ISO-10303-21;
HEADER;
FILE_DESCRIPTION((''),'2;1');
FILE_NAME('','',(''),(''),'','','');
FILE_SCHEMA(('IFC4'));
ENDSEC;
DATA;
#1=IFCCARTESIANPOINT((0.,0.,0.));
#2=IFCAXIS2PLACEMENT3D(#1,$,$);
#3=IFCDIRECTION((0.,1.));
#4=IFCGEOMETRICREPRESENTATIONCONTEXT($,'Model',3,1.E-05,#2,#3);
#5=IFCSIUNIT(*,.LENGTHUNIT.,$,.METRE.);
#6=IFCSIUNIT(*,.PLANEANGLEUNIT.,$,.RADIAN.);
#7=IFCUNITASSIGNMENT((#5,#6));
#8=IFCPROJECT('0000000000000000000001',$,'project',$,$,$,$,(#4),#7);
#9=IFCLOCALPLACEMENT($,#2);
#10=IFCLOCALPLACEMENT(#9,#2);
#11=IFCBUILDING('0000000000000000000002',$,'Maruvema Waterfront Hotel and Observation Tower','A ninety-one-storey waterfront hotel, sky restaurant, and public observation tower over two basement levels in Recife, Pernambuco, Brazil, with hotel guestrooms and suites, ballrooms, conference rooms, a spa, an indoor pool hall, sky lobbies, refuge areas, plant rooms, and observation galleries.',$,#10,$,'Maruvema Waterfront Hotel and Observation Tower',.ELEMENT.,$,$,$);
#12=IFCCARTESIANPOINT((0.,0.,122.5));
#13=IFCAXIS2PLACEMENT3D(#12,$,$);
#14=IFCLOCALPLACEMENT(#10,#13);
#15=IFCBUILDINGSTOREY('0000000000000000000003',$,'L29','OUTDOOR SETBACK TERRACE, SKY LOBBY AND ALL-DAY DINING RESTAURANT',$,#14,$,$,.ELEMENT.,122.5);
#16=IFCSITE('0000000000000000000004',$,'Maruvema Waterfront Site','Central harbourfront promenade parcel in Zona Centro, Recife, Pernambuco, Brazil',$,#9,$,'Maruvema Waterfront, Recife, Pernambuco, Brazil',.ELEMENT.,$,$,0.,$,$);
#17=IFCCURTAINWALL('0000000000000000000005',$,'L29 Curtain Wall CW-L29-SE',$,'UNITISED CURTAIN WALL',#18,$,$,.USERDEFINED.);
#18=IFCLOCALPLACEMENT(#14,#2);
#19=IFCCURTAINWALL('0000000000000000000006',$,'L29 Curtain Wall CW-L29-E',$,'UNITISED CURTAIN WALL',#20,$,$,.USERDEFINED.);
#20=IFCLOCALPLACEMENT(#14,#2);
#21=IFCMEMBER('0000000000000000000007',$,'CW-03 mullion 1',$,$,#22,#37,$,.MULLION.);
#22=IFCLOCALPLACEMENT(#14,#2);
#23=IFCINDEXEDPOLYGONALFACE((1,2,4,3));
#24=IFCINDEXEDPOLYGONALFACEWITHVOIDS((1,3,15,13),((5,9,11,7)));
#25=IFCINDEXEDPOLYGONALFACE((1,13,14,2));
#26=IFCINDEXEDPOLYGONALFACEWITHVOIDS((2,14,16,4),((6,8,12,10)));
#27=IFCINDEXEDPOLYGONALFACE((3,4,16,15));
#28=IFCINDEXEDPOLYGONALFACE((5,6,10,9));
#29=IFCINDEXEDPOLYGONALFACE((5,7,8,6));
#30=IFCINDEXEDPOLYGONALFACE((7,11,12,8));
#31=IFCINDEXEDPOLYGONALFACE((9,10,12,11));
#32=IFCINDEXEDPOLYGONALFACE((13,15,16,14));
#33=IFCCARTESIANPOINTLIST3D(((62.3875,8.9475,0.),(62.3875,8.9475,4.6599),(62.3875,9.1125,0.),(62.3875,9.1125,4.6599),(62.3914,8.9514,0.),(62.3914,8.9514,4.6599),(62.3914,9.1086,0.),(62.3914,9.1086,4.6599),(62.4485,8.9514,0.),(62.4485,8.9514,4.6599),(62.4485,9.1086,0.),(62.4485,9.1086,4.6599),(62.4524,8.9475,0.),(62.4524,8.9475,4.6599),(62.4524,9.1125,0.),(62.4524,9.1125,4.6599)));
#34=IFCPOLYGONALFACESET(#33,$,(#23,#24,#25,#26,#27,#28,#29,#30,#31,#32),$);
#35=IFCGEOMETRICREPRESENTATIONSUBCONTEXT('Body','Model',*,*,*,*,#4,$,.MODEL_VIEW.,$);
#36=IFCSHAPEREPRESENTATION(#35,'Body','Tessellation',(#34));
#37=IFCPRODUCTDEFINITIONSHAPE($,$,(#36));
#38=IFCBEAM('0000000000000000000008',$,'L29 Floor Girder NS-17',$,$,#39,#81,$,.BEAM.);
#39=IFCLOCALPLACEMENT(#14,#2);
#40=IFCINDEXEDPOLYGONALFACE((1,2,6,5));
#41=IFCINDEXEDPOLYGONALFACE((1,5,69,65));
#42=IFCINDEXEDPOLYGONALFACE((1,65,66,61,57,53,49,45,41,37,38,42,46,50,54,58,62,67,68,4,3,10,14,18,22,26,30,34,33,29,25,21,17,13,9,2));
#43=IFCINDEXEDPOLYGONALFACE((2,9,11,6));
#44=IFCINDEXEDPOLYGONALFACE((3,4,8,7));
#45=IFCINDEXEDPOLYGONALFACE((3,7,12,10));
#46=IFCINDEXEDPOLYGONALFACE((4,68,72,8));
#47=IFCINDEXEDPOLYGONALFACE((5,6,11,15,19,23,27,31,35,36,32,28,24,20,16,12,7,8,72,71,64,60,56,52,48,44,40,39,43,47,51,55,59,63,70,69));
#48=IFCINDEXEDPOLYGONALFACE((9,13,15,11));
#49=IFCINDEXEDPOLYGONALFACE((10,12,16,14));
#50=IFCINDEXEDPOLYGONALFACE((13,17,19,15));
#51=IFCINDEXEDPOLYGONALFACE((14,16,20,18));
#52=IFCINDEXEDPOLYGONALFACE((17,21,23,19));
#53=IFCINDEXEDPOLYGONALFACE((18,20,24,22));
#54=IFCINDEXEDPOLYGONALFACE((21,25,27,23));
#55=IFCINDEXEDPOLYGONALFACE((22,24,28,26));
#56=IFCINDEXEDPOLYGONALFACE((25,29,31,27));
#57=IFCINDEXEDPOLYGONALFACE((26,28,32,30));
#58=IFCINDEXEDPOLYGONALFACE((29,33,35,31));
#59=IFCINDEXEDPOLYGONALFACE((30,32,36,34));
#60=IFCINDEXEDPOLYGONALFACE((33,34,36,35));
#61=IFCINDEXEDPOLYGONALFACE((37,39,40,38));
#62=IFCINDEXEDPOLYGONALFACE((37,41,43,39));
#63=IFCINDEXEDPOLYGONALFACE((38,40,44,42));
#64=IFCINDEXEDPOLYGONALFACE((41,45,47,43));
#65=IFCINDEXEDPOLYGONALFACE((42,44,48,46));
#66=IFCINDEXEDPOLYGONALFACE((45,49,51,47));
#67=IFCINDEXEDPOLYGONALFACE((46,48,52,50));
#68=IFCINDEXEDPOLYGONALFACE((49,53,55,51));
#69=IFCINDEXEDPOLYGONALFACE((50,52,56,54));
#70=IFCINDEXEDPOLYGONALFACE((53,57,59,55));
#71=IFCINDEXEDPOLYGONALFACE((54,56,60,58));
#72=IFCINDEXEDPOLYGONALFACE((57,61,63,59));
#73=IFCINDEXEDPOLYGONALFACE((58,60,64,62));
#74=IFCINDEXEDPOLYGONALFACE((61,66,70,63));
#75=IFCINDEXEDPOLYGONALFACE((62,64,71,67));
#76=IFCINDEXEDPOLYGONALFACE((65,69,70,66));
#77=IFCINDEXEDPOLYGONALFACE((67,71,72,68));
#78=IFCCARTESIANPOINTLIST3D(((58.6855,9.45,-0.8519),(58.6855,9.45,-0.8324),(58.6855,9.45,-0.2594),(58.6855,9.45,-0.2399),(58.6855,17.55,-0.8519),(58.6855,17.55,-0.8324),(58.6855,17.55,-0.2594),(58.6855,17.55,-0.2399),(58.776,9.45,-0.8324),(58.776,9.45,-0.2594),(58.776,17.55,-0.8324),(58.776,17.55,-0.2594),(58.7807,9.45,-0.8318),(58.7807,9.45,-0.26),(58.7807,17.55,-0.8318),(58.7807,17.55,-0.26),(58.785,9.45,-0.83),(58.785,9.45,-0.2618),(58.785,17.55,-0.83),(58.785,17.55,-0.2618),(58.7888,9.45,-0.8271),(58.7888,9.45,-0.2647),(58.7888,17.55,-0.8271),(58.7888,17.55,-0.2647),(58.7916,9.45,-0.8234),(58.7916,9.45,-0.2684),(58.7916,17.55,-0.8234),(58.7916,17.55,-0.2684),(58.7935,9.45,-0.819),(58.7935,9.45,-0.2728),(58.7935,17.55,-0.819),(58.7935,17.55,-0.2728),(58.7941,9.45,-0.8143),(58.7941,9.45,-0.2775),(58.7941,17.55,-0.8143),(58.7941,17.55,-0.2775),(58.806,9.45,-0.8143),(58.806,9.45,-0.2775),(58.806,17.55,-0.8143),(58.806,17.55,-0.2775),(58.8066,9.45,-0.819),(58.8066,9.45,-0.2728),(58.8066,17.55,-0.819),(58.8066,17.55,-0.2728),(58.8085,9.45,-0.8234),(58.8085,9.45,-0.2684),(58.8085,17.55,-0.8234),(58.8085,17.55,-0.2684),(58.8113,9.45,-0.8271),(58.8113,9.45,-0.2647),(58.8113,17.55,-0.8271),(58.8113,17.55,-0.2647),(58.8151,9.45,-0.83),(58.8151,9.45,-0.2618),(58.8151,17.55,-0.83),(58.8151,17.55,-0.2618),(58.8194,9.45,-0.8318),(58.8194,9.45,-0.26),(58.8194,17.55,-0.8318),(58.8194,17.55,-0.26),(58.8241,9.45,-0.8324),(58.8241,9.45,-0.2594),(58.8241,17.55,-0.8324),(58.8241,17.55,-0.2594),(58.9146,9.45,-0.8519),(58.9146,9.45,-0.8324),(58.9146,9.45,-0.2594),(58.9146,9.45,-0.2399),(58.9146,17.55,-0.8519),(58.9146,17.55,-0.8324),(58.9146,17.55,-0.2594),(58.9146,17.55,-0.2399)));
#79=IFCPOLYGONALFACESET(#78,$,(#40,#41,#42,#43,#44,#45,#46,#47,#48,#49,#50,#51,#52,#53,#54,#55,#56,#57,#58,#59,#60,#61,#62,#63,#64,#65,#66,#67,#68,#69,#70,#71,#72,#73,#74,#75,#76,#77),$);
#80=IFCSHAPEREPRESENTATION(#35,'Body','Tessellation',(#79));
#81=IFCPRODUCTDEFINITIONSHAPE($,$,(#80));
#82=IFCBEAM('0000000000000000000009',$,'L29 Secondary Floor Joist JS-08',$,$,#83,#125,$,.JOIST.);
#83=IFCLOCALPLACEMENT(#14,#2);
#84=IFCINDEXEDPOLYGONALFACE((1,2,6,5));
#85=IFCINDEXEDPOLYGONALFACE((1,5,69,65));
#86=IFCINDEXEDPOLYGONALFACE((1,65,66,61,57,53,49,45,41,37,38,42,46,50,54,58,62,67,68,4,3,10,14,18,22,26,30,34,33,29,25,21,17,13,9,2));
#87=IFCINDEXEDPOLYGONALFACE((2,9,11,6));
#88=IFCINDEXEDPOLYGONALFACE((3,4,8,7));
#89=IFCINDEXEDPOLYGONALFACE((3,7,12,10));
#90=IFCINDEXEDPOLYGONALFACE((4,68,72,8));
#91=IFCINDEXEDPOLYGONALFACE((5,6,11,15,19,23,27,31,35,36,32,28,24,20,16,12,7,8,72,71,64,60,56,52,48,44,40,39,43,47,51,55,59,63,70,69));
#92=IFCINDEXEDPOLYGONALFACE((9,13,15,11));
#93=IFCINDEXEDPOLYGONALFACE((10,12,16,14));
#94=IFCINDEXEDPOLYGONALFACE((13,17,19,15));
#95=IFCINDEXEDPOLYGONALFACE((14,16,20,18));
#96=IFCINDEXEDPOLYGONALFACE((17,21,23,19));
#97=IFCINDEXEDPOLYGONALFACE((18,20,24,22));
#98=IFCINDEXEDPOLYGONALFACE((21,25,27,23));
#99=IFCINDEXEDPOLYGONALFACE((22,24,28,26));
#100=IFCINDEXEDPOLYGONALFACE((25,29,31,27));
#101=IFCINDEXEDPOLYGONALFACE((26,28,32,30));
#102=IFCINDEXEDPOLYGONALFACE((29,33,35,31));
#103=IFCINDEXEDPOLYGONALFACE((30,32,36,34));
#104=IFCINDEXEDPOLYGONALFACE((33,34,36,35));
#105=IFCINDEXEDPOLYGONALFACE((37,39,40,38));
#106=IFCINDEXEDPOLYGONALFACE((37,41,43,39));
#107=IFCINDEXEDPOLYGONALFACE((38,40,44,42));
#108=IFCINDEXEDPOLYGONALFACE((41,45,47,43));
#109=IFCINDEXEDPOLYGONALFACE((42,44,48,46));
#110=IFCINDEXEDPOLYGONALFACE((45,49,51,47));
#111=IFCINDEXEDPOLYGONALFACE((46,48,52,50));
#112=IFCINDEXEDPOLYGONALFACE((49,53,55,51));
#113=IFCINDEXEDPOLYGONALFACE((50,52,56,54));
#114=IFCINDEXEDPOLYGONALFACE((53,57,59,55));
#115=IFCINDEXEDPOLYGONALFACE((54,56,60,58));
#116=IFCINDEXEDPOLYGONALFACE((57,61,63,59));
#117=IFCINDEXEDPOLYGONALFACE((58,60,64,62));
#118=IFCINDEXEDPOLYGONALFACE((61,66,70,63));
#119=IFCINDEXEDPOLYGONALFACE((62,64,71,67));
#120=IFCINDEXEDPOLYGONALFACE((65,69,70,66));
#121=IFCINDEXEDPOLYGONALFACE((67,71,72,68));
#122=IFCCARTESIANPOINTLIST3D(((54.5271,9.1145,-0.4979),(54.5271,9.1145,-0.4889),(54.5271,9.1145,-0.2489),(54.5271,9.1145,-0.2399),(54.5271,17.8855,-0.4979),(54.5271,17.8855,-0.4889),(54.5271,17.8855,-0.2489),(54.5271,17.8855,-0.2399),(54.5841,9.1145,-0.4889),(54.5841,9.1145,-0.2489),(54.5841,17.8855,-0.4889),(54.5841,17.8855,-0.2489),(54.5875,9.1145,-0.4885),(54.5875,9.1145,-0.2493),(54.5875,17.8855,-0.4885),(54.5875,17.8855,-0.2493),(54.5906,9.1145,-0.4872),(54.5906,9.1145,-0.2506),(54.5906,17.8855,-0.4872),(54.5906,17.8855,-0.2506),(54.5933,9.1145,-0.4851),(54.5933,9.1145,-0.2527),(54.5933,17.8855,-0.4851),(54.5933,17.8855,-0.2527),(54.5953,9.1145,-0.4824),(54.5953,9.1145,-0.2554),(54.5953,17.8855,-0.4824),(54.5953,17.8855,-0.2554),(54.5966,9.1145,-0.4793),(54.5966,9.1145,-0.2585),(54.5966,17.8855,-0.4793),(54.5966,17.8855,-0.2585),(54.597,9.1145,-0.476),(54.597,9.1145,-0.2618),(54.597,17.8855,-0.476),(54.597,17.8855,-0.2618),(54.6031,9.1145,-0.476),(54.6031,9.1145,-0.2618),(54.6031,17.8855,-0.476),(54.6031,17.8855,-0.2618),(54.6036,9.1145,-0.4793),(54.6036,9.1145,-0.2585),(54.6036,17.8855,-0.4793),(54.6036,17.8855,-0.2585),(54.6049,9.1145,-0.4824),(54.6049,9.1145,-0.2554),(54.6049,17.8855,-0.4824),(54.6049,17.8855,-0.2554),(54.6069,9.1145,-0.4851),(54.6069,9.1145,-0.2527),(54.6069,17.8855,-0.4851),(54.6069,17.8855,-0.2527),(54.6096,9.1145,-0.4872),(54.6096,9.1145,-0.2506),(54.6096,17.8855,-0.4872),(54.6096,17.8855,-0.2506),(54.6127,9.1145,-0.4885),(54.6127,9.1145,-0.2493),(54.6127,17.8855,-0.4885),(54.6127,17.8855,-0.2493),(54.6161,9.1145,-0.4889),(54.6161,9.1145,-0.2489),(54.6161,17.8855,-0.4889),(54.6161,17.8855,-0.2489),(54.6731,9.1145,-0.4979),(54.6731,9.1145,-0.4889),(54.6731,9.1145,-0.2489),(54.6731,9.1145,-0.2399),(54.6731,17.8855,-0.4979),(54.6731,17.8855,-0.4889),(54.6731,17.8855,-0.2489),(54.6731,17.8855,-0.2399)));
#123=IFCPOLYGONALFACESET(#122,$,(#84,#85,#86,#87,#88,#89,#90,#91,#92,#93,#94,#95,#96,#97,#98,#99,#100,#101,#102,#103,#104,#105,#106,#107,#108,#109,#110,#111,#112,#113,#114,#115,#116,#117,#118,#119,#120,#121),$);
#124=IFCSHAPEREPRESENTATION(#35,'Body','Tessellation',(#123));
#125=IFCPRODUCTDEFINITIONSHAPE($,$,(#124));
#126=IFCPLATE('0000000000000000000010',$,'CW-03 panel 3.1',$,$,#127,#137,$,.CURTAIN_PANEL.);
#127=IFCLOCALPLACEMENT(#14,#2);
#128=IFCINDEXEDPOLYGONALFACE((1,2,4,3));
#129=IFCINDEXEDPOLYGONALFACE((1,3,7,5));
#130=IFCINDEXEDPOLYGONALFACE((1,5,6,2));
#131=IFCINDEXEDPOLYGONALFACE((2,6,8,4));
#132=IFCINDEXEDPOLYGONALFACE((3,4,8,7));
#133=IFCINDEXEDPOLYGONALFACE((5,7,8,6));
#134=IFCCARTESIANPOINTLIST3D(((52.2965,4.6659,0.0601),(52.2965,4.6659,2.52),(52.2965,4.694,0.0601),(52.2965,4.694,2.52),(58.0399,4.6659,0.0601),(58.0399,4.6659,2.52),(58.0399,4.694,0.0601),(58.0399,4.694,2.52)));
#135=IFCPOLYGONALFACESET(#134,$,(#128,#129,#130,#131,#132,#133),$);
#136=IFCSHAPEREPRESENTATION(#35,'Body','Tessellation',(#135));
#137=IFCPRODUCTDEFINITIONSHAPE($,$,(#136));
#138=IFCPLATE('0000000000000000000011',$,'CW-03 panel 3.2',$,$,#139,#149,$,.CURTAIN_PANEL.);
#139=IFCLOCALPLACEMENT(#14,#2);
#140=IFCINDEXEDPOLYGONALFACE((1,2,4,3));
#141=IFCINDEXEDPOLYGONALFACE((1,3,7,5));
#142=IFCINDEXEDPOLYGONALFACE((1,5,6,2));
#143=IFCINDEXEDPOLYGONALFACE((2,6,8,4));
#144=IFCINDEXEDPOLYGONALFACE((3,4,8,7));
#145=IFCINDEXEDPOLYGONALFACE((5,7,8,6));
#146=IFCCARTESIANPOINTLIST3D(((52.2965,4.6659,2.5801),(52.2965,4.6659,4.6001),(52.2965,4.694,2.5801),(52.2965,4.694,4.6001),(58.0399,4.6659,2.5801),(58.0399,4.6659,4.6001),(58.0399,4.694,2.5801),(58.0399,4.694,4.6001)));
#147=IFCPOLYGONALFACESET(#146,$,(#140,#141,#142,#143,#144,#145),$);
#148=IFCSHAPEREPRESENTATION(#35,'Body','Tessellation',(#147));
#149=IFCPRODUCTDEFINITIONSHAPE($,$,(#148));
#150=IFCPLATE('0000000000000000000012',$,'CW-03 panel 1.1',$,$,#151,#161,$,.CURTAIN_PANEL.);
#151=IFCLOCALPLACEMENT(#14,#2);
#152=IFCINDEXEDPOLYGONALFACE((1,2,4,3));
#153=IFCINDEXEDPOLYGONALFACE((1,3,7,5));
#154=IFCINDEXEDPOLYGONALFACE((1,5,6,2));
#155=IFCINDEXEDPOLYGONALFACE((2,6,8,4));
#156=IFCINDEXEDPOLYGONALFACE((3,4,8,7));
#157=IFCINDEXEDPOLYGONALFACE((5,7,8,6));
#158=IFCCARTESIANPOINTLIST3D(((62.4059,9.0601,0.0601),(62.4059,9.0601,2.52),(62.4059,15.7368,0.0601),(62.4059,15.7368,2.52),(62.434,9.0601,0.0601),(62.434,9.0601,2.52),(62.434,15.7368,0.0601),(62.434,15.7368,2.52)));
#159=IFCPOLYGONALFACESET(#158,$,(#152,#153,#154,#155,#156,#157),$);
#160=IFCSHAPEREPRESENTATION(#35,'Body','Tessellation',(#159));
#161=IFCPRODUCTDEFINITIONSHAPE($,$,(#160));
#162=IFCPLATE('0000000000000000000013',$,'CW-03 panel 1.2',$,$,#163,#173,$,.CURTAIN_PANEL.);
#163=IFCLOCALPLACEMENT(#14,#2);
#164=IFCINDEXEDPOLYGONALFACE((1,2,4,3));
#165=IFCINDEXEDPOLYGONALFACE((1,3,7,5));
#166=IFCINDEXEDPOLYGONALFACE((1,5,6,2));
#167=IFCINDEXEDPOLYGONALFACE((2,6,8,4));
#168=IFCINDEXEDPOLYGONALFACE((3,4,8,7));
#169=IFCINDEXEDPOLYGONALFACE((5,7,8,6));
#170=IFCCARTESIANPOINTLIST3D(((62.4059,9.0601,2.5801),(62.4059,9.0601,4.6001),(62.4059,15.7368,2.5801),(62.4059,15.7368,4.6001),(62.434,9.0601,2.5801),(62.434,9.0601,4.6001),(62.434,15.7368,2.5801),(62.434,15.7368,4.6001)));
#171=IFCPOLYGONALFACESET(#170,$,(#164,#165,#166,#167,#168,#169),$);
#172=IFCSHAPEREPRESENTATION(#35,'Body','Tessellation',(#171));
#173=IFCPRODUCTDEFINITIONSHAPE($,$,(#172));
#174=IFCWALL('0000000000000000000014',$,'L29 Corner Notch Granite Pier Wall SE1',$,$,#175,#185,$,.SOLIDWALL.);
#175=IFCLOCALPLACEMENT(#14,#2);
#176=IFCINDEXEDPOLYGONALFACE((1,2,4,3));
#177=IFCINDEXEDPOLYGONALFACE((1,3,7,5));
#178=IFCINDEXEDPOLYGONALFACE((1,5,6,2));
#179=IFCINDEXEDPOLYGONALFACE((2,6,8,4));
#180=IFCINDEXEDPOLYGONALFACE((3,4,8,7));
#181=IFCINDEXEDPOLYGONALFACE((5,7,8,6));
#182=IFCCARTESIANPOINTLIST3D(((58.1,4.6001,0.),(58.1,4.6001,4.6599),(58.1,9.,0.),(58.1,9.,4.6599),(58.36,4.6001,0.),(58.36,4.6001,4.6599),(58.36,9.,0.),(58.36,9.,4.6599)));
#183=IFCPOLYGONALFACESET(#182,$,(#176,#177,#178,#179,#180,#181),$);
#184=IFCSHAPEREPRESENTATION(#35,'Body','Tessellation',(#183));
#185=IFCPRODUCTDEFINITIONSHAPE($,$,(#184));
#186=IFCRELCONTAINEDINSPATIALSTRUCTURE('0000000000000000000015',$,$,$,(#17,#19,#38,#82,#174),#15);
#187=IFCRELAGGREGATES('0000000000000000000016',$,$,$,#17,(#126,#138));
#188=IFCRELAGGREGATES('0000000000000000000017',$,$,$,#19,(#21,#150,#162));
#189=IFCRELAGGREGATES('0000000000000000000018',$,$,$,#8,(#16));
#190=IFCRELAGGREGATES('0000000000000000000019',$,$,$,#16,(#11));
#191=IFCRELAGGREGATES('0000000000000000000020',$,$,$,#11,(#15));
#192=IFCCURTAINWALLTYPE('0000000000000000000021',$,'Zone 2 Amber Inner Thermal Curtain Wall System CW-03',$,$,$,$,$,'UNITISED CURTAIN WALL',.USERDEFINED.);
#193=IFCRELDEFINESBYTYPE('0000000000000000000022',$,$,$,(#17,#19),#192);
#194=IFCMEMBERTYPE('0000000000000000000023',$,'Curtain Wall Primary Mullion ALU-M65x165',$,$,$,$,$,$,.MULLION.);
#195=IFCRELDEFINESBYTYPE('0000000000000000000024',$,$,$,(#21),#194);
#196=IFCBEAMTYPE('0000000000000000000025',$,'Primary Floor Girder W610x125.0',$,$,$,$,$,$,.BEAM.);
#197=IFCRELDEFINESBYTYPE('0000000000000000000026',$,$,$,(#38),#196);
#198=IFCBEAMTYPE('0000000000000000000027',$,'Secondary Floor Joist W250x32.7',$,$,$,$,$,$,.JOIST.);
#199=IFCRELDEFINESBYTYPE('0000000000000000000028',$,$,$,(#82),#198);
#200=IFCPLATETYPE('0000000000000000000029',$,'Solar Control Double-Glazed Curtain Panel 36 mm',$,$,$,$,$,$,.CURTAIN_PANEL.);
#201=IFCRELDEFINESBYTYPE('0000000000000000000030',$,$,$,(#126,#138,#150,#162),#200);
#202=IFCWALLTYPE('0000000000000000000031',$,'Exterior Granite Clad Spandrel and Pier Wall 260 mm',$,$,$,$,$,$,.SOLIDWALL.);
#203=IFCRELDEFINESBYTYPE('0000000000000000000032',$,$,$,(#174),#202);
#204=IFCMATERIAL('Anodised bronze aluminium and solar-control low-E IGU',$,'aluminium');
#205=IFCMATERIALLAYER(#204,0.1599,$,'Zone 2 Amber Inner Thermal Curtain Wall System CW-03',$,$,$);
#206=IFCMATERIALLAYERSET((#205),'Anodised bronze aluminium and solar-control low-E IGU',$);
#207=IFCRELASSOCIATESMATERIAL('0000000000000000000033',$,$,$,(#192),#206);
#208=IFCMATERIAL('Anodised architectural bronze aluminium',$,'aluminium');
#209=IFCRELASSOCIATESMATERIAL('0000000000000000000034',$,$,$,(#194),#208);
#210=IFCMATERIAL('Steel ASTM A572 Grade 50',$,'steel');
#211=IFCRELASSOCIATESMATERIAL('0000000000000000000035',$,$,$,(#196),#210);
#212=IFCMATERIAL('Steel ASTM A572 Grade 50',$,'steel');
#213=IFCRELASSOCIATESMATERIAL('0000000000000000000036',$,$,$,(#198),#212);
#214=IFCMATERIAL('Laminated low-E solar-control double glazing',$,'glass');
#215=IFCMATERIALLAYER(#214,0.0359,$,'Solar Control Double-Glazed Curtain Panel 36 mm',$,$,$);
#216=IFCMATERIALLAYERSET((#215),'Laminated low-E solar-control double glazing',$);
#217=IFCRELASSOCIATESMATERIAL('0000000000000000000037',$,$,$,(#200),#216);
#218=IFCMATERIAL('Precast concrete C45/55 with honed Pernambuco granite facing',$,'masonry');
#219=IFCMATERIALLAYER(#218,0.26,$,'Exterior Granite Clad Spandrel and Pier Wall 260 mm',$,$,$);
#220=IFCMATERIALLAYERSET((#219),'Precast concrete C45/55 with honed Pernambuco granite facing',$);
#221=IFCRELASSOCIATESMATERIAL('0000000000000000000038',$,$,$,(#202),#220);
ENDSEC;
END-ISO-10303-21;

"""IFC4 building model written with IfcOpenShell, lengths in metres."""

from ifc_helpers import new_model, si_unit, direction, frame, frame_2d, origin, origin_2d, place, context, subcontext, project, spatial, rectangle, hollow_rectangle, i_section, extrude, material, layer, layer_set, material_profile, profile_set, type_object, element, aggregate, save


model = new_model("IFC4")

# Units and contexts
model_context = context("Model", 3, precision=1e-05, world=origin(), true_north=direction((0.0, 1.0)))
body_context = subcontext(model_context, "Body", "Model", "MODEL_VIEW")
ifc_project = project(units=[si_unit("LENGTHUNIT", "METRE"), si_unit("PLANEANGLEUNIT", "RADIAN")], contexts=[model_context])

# Site, building, storey
site_placement = place(None, origin())
site = spatial("IfcSite", under=ifc_project, at=site_placement, Name="Maruvema Waterfront Site", Description="Central harbourfront promenade parcel in Zona Centro, Recife, Pernambuco, Brazil", LongName="Maruvema Waterfront, Recife, Pernambuco, Brazil", CompositionType="ELEMENT", RefElevation=0.0)
building_placement = place(site_placement, origin())
building = spatial("IfcBuilding", under=site, at=building_placement, Name="Maruvema Waterfront Hotel and Observation Tower", Description="A ninety-one-storey waterfront hotel, sky restaurant, and public observation tower over two basement levels in Recife, Pernambuco, Brazil, with hotel guestrooms and suites, ballrooms, conference rooms, a spa, an indoor pool hall, sky lobbies, refuge areas, plant rooms, and observation galleries.", LongName="Maruvema Waterfront Hotel and Observation Tower", CompositionType="ELEMENT")
storey_placement = place(building_placement, frame((0.0, 0.0, 122.5)))
storey = spatial("IfcBuildingStorey", under=building, at=storey_placement, Name="L29", Description="OUTDOOR SETBACK TERRACE, SKY LOBBY AND ALL-DAY DINING RESTAURANT", CompositionType="ELEMENT", Elevation=122.5)

# Curtain walls
ifc_material_1 = material(Name="Anodised bronze aluminium and solar-control low-E IGU", Category="aluminium")
ifc_layer_1 = layer(ifc_material_1, 0.1599, Name="Zone 2 Amber Inner Thermal Curtain Wall System CW-03")
ifc_layer_set_1 = layer_set([ifc_layer_1], Name="Anodised bronze aluminium and solar-control low-E IGU")
curtain_wall_type = type_object("IfcCurtainWallType", Name="Zone 2 Amber Inner Thermal Curtain Wall System CW-03", ElementType="UNITISED CURTAIN WALL", PredefinedType="USERDEFINED", material=ifc_layer_set_1)
curtain_wall_1_placement = place(storey_placement, origin())
curtain_wall_1 = element("IfcCurtainWall", 1, at=curtain_wall_1_placement, inside=storey, type_object=curtain_wall_type, Name="L29 Curtain Wall CW-L29-SE", ObjectType="UNITISED CURTAIN WALL", PredefinedType="USERDEFINED")
curtain_wall_2_placement = place(storey_placement, origin())
curtain_wall_2 = element("IfcCurtainWall", 2, at=curtain_wall_2_placement, inside=storey, type_object=curtain_wall_type, Name="L29 Curtain Wall CW-L29-E", ObjectType="UNITISED CURTAIN WALL", PredefinedType="USERDEFINED")

# Member
ifc_material_2 = material(Name="Anodised architectural bronze aluminium", Category="aluminium")
ifc_material_profile_1 = material_profile(ifc_material_2, hollow_rectangle(XDim=0.0649, YDim=0.165, WallThickness=0.0039, at=origin_2d()), Name="ALU-M65x165")
ifc_profile_set_1 = profile_set([ifc_material_profile_1], Name="Anodised architectural bronze aluminium")
member_type_1 = type_object("IfcMemberType", Name="Curtain Wall Primary Mullion ALU-M65x165", PredefinedType="MULLION", material=ifc_profile_set_1)
member_1_placement = place(storey_placement, frame((62.4199, 9.03, 0.0), z_axis=(0.0, 0.0, 1.0), x_axis=(-1.0, 0.0, 0.0)))
member_1 = element("IfcMember", 3, at=member_1_placement, type_object=member_type_1, Name="CW-03 mullion 1", PredefinedType="MULLION", context=body_context, shape_type="SweptSolid", body=[
    extrude(hollow_rectangle(XDim=0.0649, YDim=0.165, WallThickness=0.0039, at=origin_2d()), origin(), (0.0, 0.0, 1.0), 4.6599),
])

# Beams
ifc_material_3 = material(Name="Steel ASTM A572 Grade 50", Category="steel")
ifc_material_profile_2 = material_profile(ifc_material_3, i_section(OverallWidth=0.229, OverallDepth=0.6121, WebThickness=0.012, FlangeThickness=0.0195, FilletRadius=0.0181, at=origin_2d()), Name="W610x125.0")
ifc_profile_set_2 = profile_set([ifc_material_profile_2], Name="Steel ASTM A572 Grade 50")
beam_type_1 = type_object("IfcBeamType", Name="Primary Floor Girder W610x125.0", PredefinedType="BEAM", material=ifc_profile_set_2)
beam_1_placement = place(storey_placement, frame((58.8, 9.45, -0.5459), z_axis=(0.0, 1.0, 0.0), x_axis=(-1.0, 0.0, 0.0)))
element("IfcBeam", 4, at=beam_1_placement, inside=storey, type_object=beam_type_1, Name="L29 Floor Girder NS-17", PredefinedType="BEAM", context=body_context, shape_type="SweptSolid", body=[
    extrude(i_section(OverallWidth=0.229, OverallDepth=0.6121, WebThickness=0.012, FlangeThickness=0.0195, FilletRadius=0.0181, at=origin_2d()), origin(), (0.0, 0.0, 1.0), 8.1001),
])
ifc_material_4 = material(Name="Steel ASTM A572 Grade 50", Category="steel")
ifc_material_profile_3 = material_profile(ifc_material_4, i_section(OverallWidth=0.146, OverallDepth=0.2581, WebThickness=0.0061, FlangeThickness=0.009, FilletRadius=0.0129, at=origin_2d()), Name="W250x32.7")
ifc_profile_set_3 = profile_set([ifc_material_profile_3], Name="Steel ASTM A572 Grade 50")
beam_type_2 = type_object("IfcBeamType", Name="Secondary Floor Joist W250x32.7", PredefinedType="JOIST", material=ifc_profile_set_3)
beam_2_placement = place(storey_placement, frame((54.6001, 9.1145, -0.3689), z_axis=(0.0, 1.0, 0.0), x_axis=(-1.0, 0.0, 0.0)))
element("IfcBeam", 5, at=beam_2_placement, inside=storey, type_object=beam_type_2, Name="L29 Secondary Floor Joist JS-08", PredefinedType="JOIST", context=body_context, shape_type="SweptSolid", body=[
    extrude(i_section(OverallWidth=0.146, OverallDepth=0.2581, WebThickness=0.0061, FlangeThickness=0.009, FilletRadius=0.0129, at=origin_2d()), origin(), (0.0, 0.0, 1.0), 8.771),
])

# Plates
ifc_material_5 = material(Name="Laminated low-E solar-control double glazing", Category="glass")
ifc_layer_2 = layer(ifc_material_5, 0.0359, Name="Solar Control Double-Glazed Curtain Panel 36 mm")
ifc_layer_set_2 = layer_set([ifc_layer_2], Name="Laminated low-E solar-control double glazing")
plate_type = type_object("IfcPlateType", Name="Solar Control Double-Glazed Curtain Panel 36 mm", PredefinedType="CURTAIN_PANEL", material=ifc_layer_set_2)
plate_1_placement = place(storey_placement, frame((55.1682, 4.6799, 0.0601), z_axis=(0.0, 0.0, 1.0), x_axis=(1.0, 0.0, 0.0)))
plate_1 = element("IfcPlate", 6, at=plate_1_placement, type_object=plate_type, Name="CW-03 panel 3.1", PredefinedType="CURTAIN_PANEL", context=body_context, shape_type="SweptSolid", body=[
    extrude(rectangle(XDim=5.7434, YDim=0.0281, at=origin_2d()), origin(), (0.0, 0.0, 1.0), 2.46),
])
plate_2_placement = place(storey_placement, frame((55.1682, 4.6799, 2.5801), z_axis=(0.0, 0.0, 1.0), x_axis=(1.0, 0.0, 0.0)))
plate_2 = element("IfcPlate", 7, at=plate_2_placement, type_object=plate_type, Name="CW-03 panel 3.2", PredefinedType="CURTAIN_PANEL", context=body_context, shape_type="SweptSolid", body=[
    extrude(rectangle(XDim=5.7434, YDim=0.0281, at=origin_2d()), origin(), (0.0, 0.0, 1.0), 2.02),
])
aggregate(curtain_wall_1, [plate_1, plate_2])
plate_3_placement = place(storey_placement, frame((62.4199, 12.3984, 0.0601), z_axis=(0.0, 0.0, 1.0), x_axis=(0.0, 1.0, 0.0)))
plate_3 = element("IfcPlate", 8, at=plate_3_placement, type_object=plate_type, Name="CW-03 panel 1.1", PredefinedType="CURTAIN_PANEL", context=body_context, shape_type="SweptSolid", body=[
    extrude(rectangle(XDim=6.6768, YDim=0.0281, at=origin_2d()), origin(), (0.0, 0.0, 1.0), 2.46),
])
plate_4_placement = place(storey_placement, frame((62.4199, 12.3984, 2.5801), z_axis=(0.0, 0.0, 1.0), x_axis=(0.0, 1.0, 0.0)))
plate_4 = element("IfcPlate", 9, at=plate_4_placement, type_object=plate_type, Name="CW-03 panel 1.2", PredefinedType="CURTAIN_PANEL", context=body_context, shape_type="SweptSolid", body=[
    extrude(rectangle(XDim=6.6768, YDim=0.0281, at=origin_2d()), origin(), (0.0, 0.0, 1.0), 2.02),
])
aggregate(curtain_wall_2, [member_1, plate_3, plate_4])

# Wall
ifc_material_6 = material(Name="Precast concrete C45/55 with honed Pernambuco granite facing", Category="masonry")
ifc_layer_3 = layer(ifc_material_6, 0.26, Name="Exterior Granite Clad Spandrel and Pier Wall 260 mm")
ifc_layer_set_3 = layer_set([ifc_layer_3], Name="Precast concrete C45/55 with honed Pernambuco granite facing")
wall_type = type_object("IfcWallType", Name="Exterior Granite Clad Spandrel and Pier Wall 260 mm", PredefinedType="SOLIDWALL", material=ifc_layer_set_3)
wall_1_placement = place(storey_placement, frame((58.23, 9.0, 0.0), z_axis=(0.0, 0.0, 1.0), x_axis=(0.0, -1.0, 0.0)))
element("IfcWall", 10, at=wall_1_placement, inside=storey, type_object=wall_type, Name="L29 Corner Notch Granite Pier Wall SE1", PredefinedType="SOLIDWALL", context=body_context, shape_type="SweptSolid", body=[
    extrude(rectangle(XDim=4.3999, YDim=0.26, at=frame_2d((2.2, 0.0))), origin(), (0.0, 0.0, 1.0), 4.6599),
])

save(model, "model.ifc")
